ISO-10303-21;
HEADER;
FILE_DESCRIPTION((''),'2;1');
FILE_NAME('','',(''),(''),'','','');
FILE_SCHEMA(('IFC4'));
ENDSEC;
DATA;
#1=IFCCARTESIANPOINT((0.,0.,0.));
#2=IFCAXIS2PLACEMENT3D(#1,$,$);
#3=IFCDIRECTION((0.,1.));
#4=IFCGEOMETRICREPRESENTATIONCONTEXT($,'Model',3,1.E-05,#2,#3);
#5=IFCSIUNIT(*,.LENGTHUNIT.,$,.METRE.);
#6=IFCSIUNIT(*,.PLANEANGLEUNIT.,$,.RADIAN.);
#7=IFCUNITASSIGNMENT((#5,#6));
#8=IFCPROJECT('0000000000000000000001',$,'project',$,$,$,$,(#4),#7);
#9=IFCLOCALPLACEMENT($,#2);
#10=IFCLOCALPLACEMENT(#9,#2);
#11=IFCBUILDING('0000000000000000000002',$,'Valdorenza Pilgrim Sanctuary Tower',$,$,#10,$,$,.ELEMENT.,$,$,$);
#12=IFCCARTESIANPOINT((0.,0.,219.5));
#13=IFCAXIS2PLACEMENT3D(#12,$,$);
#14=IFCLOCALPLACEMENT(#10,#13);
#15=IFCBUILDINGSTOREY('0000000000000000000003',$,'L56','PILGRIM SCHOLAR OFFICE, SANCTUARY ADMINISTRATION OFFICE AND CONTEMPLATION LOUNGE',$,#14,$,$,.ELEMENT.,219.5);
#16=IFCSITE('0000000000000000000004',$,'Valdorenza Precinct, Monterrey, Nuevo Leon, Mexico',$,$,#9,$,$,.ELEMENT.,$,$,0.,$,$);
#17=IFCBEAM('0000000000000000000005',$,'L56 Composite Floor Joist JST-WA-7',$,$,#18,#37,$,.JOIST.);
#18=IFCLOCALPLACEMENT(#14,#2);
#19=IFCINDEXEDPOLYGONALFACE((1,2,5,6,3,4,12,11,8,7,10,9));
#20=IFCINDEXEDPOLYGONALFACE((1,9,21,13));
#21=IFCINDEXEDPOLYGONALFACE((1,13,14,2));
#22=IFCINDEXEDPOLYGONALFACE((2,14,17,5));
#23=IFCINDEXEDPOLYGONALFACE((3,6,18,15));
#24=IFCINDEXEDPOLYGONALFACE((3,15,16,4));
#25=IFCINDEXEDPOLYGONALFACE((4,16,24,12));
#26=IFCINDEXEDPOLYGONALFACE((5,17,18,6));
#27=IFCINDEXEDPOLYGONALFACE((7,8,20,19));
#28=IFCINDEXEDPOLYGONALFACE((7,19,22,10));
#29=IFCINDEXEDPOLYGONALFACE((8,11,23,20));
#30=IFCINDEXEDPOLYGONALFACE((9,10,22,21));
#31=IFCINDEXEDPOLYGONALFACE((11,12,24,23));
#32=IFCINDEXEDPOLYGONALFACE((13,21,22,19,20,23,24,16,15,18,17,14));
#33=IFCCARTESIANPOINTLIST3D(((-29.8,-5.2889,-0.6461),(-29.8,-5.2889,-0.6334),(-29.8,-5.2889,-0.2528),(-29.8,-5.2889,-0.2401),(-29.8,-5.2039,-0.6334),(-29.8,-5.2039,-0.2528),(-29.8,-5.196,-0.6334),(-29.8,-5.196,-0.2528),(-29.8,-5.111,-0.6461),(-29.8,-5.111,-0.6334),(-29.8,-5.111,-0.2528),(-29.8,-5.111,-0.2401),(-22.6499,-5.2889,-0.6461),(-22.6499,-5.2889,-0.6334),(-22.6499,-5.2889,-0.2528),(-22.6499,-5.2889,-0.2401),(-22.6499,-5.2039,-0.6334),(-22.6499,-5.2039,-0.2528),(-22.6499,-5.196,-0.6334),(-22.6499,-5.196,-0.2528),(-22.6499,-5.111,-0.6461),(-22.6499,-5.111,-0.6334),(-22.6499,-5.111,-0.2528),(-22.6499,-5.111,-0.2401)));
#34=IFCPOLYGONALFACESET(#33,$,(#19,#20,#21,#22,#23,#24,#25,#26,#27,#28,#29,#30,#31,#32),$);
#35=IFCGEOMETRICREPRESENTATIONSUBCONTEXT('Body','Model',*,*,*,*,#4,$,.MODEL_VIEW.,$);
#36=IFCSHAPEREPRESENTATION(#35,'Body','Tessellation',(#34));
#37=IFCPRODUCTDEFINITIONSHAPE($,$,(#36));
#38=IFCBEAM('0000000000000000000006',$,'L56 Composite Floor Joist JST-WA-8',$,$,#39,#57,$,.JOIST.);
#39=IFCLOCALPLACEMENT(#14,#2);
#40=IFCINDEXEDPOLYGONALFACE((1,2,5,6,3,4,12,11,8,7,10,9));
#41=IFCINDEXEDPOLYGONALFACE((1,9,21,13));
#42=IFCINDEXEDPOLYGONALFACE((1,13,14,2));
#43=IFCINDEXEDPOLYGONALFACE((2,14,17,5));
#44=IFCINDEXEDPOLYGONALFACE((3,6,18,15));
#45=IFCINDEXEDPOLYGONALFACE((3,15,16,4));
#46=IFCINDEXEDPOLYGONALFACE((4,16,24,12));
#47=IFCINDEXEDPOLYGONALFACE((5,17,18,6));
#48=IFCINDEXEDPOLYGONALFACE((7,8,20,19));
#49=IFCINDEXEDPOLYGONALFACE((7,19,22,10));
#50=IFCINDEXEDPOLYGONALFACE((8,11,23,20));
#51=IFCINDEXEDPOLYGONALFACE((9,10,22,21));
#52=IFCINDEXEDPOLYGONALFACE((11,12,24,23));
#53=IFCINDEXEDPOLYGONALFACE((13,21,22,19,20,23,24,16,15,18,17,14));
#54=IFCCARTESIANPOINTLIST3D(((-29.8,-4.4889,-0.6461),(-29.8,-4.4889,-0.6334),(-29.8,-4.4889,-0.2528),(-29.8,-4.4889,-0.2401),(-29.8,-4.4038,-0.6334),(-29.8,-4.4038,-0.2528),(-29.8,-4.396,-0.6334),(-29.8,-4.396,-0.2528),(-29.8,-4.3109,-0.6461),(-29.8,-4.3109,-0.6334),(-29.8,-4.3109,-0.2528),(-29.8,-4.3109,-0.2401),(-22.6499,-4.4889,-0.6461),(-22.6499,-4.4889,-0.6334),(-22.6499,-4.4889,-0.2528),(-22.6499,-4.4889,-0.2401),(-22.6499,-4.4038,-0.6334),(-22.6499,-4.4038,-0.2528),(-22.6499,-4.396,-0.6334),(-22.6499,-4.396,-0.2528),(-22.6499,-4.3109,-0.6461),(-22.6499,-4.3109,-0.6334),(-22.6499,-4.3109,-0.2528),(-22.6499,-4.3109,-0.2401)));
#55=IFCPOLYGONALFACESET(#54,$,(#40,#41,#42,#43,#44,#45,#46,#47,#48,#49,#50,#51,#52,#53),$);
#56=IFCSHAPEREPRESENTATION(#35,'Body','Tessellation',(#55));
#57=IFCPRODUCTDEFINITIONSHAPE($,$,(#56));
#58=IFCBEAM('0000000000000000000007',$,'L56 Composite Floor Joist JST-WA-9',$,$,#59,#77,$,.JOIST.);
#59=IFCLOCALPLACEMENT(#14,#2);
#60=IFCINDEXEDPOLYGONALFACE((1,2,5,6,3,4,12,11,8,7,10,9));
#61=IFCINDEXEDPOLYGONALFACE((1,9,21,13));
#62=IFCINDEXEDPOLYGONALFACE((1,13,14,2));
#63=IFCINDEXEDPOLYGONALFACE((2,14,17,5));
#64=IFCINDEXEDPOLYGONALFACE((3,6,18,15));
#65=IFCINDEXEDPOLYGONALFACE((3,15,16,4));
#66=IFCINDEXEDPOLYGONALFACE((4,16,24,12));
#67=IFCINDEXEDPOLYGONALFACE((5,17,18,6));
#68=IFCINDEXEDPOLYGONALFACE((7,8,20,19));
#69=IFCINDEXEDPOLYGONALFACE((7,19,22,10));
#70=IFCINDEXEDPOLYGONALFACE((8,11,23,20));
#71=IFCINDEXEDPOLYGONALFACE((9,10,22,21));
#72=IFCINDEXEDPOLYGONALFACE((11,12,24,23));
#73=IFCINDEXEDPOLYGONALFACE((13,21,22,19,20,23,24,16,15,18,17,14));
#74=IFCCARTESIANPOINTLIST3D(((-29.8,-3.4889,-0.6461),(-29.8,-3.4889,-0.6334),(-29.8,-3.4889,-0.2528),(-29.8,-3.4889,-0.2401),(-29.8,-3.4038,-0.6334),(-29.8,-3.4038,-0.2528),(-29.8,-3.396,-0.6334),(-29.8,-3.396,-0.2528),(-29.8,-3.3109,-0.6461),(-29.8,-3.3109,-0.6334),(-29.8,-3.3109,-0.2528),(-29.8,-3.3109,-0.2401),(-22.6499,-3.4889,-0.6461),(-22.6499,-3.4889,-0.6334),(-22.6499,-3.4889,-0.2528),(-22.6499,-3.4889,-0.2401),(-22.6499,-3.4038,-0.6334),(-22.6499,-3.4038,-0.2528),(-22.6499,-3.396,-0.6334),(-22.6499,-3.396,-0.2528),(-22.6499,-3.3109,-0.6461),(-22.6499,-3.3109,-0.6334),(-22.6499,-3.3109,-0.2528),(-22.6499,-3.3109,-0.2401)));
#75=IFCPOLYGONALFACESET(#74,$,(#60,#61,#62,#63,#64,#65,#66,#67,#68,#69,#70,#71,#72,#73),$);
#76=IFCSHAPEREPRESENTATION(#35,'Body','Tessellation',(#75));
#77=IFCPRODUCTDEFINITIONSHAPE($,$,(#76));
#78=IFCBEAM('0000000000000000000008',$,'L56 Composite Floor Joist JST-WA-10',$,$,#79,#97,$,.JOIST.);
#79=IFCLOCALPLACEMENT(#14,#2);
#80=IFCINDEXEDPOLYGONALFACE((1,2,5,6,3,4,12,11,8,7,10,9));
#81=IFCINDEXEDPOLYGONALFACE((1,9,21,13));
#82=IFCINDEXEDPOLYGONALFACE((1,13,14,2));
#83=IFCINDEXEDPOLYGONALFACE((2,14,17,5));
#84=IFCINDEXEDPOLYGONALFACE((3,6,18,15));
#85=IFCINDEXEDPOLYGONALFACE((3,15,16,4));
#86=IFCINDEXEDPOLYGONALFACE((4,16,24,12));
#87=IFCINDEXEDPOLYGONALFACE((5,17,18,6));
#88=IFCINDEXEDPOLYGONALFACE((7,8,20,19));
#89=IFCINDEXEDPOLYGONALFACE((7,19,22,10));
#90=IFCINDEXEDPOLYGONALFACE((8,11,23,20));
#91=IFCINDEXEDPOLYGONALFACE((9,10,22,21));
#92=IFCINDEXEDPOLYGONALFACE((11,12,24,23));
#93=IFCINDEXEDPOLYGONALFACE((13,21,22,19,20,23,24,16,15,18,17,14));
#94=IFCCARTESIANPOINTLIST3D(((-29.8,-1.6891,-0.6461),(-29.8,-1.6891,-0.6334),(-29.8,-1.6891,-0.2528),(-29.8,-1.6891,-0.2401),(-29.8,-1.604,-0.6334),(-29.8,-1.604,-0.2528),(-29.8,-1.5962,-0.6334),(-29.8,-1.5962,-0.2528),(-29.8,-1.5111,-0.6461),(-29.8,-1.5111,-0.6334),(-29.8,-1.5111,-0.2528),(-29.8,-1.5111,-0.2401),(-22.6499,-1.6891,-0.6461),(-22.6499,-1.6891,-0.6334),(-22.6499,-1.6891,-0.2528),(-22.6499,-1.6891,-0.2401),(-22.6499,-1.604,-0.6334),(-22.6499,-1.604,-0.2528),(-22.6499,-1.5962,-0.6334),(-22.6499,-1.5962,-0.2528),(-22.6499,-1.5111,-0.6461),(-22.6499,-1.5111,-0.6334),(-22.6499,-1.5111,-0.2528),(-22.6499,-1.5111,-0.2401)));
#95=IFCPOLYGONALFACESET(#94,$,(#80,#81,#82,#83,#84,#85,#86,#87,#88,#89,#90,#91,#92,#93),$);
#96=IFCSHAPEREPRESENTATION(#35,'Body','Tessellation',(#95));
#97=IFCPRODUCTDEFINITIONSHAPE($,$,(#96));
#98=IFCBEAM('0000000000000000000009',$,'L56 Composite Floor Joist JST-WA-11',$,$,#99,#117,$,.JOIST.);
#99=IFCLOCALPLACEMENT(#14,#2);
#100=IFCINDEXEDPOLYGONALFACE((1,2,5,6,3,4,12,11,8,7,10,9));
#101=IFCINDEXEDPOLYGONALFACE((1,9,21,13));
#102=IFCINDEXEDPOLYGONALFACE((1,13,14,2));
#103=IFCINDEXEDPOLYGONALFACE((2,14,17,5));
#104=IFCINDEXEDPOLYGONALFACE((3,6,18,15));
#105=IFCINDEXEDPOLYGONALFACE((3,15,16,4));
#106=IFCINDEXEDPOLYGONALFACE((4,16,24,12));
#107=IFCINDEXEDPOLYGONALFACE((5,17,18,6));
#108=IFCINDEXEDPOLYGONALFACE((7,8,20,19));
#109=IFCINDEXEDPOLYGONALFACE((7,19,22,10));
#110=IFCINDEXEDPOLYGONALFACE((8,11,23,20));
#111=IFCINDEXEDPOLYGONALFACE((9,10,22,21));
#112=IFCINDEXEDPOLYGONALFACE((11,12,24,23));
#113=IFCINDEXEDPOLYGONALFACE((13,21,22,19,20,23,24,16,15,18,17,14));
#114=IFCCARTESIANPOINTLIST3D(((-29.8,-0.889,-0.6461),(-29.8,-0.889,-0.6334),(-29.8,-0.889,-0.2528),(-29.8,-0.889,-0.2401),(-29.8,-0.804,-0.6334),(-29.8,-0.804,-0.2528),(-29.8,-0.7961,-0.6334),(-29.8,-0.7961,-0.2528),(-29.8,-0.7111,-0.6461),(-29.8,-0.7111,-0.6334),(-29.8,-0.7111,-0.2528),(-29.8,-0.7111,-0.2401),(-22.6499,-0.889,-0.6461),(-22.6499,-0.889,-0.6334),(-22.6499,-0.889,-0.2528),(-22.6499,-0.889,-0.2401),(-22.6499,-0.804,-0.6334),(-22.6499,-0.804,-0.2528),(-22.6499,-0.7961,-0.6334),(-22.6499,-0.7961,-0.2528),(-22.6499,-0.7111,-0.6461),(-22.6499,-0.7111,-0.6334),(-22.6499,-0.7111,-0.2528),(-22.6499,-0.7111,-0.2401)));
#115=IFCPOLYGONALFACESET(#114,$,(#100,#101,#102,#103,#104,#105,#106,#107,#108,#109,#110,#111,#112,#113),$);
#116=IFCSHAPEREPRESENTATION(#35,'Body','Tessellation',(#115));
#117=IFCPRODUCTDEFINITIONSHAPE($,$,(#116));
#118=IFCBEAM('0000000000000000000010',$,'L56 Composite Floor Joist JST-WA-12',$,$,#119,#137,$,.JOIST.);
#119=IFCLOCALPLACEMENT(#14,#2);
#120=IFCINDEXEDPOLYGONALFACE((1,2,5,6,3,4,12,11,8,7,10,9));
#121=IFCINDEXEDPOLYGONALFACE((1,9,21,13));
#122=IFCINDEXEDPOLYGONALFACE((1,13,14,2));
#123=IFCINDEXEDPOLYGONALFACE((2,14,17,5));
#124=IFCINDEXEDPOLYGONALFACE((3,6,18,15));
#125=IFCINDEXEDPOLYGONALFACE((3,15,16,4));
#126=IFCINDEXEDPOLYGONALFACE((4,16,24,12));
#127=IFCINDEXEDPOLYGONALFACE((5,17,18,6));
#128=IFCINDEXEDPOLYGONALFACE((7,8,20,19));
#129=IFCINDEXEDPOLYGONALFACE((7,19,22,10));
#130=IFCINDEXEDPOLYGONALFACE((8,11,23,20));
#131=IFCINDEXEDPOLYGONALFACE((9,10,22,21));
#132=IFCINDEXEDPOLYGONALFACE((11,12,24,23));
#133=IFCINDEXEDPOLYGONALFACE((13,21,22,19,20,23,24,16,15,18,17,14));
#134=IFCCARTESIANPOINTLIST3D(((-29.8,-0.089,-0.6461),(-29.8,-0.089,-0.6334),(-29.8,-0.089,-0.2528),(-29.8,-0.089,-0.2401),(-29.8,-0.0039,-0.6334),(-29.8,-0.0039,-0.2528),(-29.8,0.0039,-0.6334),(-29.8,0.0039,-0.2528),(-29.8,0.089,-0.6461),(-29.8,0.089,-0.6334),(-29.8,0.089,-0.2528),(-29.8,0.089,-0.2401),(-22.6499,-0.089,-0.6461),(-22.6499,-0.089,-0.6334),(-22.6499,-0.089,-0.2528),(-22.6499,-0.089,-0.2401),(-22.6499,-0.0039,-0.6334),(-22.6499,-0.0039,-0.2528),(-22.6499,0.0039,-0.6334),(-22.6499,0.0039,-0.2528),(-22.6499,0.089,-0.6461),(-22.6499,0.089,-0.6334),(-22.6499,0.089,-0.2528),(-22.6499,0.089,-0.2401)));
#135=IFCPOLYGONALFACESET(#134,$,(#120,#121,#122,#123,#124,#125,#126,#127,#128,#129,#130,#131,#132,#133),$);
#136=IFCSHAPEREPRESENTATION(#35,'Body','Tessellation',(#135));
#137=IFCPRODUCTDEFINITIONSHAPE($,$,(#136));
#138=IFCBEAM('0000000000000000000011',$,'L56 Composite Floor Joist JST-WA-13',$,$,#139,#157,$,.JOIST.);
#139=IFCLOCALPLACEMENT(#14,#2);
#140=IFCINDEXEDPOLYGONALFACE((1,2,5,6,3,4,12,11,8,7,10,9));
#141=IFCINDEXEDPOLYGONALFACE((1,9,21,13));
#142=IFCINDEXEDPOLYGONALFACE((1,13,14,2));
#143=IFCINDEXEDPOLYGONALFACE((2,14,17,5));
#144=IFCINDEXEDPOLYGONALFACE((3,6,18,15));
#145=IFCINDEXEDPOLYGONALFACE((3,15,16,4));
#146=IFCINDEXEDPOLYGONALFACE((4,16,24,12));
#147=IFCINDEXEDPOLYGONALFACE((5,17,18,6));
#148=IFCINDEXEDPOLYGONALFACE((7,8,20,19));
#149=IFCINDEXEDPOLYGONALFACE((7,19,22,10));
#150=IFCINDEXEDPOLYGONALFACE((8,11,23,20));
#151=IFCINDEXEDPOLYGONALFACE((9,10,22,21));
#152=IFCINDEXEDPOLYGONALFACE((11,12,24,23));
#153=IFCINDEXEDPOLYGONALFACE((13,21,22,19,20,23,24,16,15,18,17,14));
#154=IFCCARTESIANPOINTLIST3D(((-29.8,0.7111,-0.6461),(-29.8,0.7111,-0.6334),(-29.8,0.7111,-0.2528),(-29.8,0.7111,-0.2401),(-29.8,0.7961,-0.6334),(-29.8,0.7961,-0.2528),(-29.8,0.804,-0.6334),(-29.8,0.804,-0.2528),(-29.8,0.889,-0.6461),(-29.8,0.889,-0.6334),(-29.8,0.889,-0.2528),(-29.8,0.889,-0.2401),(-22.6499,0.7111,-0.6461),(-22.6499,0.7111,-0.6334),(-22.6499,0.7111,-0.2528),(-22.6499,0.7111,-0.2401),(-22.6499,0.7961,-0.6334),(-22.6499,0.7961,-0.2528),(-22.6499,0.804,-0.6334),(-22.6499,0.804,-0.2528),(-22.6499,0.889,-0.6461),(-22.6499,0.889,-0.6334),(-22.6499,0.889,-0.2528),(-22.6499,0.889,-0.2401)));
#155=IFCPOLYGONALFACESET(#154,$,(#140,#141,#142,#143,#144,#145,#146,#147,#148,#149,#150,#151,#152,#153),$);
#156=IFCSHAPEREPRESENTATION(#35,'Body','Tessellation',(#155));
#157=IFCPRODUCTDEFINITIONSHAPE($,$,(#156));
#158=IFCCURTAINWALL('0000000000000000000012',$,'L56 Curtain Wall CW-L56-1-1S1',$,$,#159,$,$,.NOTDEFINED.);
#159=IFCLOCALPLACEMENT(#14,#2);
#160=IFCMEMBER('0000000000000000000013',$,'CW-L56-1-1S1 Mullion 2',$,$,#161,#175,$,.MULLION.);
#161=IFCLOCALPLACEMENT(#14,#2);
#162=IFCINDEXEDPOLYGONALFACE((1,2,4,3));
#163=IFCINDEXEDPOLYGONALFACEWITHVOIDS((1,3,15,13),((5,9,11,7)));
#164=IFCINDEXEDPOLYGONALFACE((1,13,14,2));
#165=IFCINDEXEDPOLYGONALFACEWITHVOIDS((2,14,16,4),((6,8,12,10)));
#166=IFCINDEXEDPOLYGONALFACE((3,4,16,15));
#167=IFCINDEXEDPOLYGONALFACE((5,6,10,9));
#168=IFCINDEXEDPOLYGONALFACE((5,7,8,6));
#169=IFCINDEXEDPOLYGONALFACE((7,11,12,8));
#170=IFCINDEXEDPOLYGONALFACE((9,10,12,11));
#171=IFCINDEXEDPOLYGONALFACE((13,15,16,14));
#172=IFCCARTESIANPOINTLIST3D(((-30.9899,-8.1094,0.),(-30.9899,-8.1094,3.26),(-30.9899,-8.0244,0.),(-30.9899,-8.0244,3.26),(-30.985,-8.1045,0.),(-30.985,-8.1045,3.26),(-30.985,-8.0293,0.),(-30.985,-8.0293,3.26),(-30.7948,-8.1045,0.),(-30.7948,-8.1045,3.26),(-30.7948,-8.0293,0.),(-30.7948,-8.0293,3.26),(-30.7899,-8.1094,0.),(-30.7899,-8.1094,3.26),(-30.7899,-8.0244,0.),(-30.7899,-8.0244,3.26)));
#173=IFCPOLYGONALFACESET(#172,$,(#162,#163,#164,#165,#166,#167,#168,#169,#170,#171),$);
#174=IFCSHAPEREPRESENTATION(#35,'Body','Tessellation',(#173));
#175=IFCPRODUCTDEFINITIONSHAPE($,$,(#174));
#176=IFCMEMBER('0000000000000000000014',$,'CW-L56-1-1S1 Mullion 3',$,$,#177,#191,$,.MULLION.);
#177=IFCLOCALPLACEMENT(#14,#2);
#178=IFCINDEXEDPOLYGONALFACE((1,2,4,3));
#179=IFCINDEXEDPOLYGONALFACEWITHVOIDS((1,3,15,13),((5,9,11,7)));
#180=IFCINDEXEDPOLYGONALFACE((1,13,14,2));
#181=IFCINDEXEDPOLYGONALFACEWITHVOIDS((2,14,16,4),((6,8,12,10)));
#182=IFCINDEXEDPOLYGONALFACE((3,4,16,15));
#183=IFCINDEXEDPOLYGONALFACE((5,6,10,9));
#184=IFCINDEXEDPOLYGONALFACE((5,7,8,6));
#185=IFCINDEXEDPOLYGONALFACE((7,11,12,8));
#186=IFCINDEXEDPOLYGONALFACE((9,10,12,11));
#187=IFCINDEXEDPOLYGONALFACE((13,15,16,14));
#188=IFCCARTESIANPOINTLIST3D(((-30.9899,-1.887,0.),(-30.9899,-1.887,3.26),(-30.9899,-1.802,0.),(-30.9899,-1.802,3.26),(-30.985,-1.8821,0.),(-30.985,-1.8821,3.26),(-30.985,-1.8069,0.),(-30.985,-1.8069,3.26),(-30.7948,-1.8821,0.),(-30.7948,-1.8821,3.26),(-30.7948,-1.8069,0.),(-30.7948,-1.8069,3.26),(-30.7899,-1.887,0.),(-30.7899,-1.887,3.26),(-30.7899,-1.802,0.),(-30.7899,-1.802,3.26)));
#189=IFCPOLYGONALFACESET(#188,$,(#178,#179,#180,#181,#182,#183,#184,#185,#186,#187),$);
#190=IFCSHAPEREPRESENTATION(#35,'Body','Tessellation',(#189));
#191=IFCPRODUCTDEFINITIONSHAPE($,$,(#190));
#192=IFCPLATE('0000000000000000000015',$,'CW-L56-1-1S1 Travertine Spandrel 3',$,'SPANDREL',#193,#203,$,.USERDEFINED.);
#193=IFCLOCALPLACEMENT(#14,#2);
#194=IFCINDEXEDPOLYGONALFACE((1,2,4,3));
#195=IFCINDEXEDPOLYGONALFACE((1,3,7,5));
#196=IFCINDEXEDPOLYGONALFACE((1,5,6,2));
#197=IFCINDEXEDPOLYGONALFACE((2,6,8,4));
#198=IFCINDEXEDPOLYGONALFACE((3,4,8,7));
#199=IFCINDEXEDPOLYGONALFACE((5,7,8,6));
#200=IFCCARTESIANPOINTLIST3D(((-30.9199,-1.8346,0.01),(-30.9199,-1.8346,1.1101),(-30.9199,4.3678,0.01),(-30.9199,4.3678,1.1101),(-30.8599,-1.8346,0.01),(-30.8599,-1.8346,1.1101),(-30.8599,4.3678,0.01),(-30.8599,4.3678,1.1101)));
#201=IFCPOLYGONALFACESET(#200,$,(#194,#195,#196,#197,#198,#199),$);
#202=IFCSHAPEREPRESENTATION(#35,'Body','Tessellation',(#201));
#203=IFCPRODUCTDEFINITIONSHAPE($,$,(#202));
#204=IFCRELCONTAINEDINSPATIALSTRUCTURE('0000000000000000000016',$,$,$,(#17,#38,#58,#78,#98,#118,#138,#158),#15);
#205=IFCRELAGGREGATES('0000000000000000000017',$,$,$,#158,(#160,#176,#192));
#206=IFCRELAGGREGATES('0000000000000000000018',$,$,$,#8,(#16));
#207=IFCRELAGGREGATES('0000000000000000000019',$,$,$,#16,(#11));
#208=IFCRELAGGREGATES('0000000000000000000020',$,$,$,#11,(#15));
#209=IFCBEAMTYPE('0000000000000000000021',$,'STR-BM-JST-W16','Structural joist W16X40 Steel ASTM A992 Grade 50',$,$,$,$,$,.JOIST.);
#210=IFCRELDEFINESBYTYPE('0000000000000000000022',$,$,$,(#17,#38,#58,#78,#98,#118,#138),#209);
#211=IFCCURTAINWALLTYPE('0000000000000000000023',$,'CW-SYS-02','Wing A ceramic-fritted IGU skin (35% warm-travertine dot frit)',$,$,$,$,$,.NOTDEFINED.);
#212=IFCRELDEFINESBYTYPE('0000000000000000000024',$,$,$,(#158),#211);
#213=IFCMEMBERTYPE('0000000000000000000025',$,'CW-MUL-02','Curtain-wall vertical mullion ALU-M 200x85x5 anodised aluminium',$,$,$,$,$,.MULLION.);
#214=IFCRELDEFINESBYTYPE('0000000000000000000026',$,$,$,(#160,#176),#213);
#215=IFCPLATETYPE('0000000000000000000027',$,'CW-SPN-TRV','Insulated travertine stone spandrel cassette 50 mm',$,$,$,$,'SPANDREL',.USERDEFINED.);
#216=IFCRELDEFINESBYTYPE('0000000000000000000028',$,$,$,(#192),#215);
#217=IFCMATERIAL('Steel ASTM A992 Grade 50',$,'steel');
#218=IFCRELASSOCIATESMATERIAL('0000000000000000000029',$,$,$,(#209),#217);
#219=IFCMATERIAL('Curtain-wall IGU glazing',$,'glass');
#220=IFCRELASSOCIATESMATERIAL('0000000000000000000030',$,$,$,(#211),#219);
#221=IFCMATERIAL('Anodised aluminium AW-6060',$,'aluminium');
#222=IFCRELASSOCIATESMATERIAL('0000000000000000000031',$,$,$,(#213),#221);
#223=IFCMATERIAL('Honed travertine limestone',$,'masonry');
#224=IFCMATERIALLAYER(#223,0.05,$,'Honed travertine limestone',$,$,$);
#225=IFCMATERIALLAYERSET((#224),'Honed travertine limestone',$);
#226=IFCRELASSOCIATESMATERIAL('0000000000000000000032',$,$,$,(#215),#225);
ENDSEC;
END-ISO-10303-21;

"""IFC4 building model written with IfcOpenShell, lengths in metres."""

from ifc_helpers import new_model, si_unit, direction, frame, origin, origin_2d, place, context, subcontext, project, spatial, rectangle, hollow_rectangle, i_section, extrude, source, transform, mapped, material, layer, layer_set, material_profile, profile_set, type_object, element, aggregate, save


model = new_model("IFC4")

# Units and contexts
model_context = context("Model", 3, precision=1e-05, world=origin(), true_north=direction((0.0, 1.0)))
body_context = subcontext(model_context, "Body", "Model", "MODEL_VIEW")
ifc_project = project(units=[si_unit("LENGTHUNIT", "METRE"), si_unit("PLANEANGLEUNIT", "RADIAN")], contexts=[model_context])

# Site, building, storey
site_placement = place(None, origin())
site = spatial("IfcSite", under=ifc_project, at=site_placement, Name="Valdorenza Precinct, Monterrey, Nuevo Leon, Mexico", CompositionType="ELEMENT", RefElevation=0.0)
building_placement = place(site_placement, origin())
building = spatial("IfcBuilding", under=site, at=building_placement, Name="Valdorenza Pilgrim Sanctuary Tower", CompositionType="ELEMENT")
storey_placement = place(building_placement, frame((0.0, 0.0, 219.5)))
storey = spatial("IfcBuildingStorey", under=building, at=storey_placement, Name="L56", Description="PILGRIM SCHOLAR OFFICE, SANCTUARY ADMINISTRATION OFFICE AND CONTEMPLATION LOUNGE", CompositionType="ELEMENT", Elevation=219.5)

# Beams
ifc_material_1 = material(Name="Steel ASTM A992 Grade 50", Category="steel")
ifc_material_profile_1 = material_profile(ifc_material_1, i_section(OverallWidth=0.178, OverallDepth=0.406, WebThickness=0.0078, FlangeThickness=0.0127, at=origin_2d()), Name="W16X40")
ifc_profile_set_1 = profile_set([ifc_material_profile_1], Name="Steel ASTM A992 Grade 50")
beam_type_1 = type_object("IfcBeamType", Name="STR-BM-JST-W16", Description="Structural joist W16X40 Steel ASTM A992 Grade 50", PredefinedType="JOIST", material=ifc_profile_set_1)
shared_shape_1 = source(origin(), body_context, "Body", "SweptSolid", [
    extrude(i_section(OverallWidth=0.178, OverallDepth=0.406, WebThickness=0.0078, FlangeThickness=0.0127, at=origin_2d()), origin(), (0.0, 0.0, 1.0), 7.1501),
])
for number, where, z_axis, x_axis, name in (
    (1, (-29.8, -5.2, -0.4431), (1.0, 0.0, 0.0), (0.0, 1.0, 0.0), "L56 Composite Floor Joist JST-WA-7"),
    (2, (-29.8, -4.3999, -0.4431), (1.0, 0.0, 0.0), (0.0, 1.0, 0.0), "L56 Composite Floor Joist JST-WA-8"),
    (3, (-29.8, -3.3999, -0.4431), (1.0, 0.0, 0.0), (0.0, 1.0, 0.0), "L56 Composite Floor Joist JST-WA-9"),
    (4, (-29.8, -1.6001, -0.4431), (1.0, 0.0, 0.0), (0.0, 1.0, 0.0), "L56 Composite Floor Joist JST-WA-10"),
    (5, (-29.8, -0.8, -0.4431), (1.0, 0.0, 0.0), (0.0, 1.0, 0.0), "L56 Composite Floor Joist JST-WA-11"),
    (6, (-29.8, 0.0, -0.4431), (1.0, 0.0, 0.0), (0.0, 1.0, 0.0), "L56 Composite Floor Joist JST-WA-12"),
    (7, (-29.8, 0.8, -0.4431), (1.0, 0.0, 0.0), (0.0, 1.0, 0.0), "L56 Composite Floor Joist JST-WA-13"),
):
    element("IfcBeam", number, at=place(storey_placement, frame(where, z_axis=z_axis, x_axis=x_axis)), inside=storey, type_object=beam_type_1, Name=name, PredefinedType="JOIST", context=body_context, shape_type="MappedRepresentation", body=[
        mapped(shared_shape_1, transform((0.0, 0.0, 0.0), x_axis=(1.0, 0.0, 0.0), y_axis=(0.0, 1.0, 0.0), z_axis=(0.0, 0.0, 1.0), scale=1.0)),
    ])

# Curtain wall, members, plate
ifc_material_2 = material(Name="Curtain-wall IGU glazing", Category="glass")
curtain_wall_type = type_object("IfcCurtainWallType", Name="CW-SYS-02", Description="Wing A ceramic-fritted IGU skin (35% warm-travertine dot frit)", PredefinedType="NOTDEFINED", material=ifc_material_2)
curtain_wall_placement = place(storey_placement, origin())
curtain_wall = element("IfcCurtainWall", 8, at=curtain_wall_placement, inside=storey, type_object=curtain_wall_type, Name="L56 Curtain Wall CW-L56-1-1S1", PredefinedType="NOTDEFINED")
ifc_material_3 = material(Name="Anodised aluminium AW-6060", Category="aluminium")
ifc_material_profile_2 = material_profile(ifc_material_3, hollow_rectangle(XDim=0.085, YDim=0.2, WallThickness=0.0049, at=origin_2d()), Name="ALU-M 200x85x5")
ifc_profile_set_2 = profile_set([ifc_material_profile_2], Name="Anodised aluminium AW-6060")
member_type = type_object("IfcMemberType", Name="CW-MUL-02", Description="Curtain-wall vertical mullion ALU-M 200x85x5 anodised aluminium", PredefinedType="MULLION", material=ifc_profile_set_2)
shared_shape_2 = source(origin(), body_context, "Body", "SweptSolid", [
    extrude(hollow_rectangle(XDim=0.085, YDim=0.2, WallThickness=0.0049, at=origin_2d()), origin(), (0.0, 0.0, 1.0), 3.26),
])
member_1_placement = place(storey_placement, frame((-30.8899, -8.0669, 0.0), z_axis=(0.0, 0.0, 1.0), x_axis=(0.0, 1.0, 0.0)))
member_1 = element("IfcMember", 9, at=member_1_placement, type_object=member_type, Name="CW-L56-1-1S1 Mullion 2", PredefinedType="MULLION", context=body_context, shape_type="MappedRepresentation", body=[
    mapped(shared_shape_2, transform((0.0, 0.0, 0.0), x_axis=(1.0, 0.0, 0.0), y_axis=(0.0, 1.0, 0.0), z_axis=(0.0, 0.0, 1.0), scale=1.0)),
])
member_2_placement = place(storey_placement, frame((-30.8899, -1.8445, 0.0), z_axis=(0.0, 0.0, 1.0), x_axis=(0.0, 1.0, 0.0)))
member_2 = element("IfcMember", 10, at=member_2_placement, type_object=member_type, Name="CW-L56-1-1S1 Mullion 3", PredefinedType="MULLION", context=body_context, shape_type="MappedRepresentation", body=[
    mapped(shared_shape_2, transform((0.0, 0.0, 0.0), x_axis=(1.0, 0.0, 0.0), y_axis=(0.0, 1.0, 0.0), z_axis=(0.0, 0.0, 1.0), scale=1.0)),
])
ifc_material_4 = material(Name="Honed travertine limestone", Category="masonry")
ifc_layer_1 = layer(ifc_material_4, 0.05, Name="Honed travertine limestone")
ifc_layer_set_1 = layer_set([ifc_layer_1], Name="Honed travertine limestone")
plate_type_1 = type_object("IfcPlateType", Name="CW-SPN-TRV", Description="Insulated travertine stone spandrel cassette 50 mm", ElementType="SPANDREL", PredefinedType="USERDEFINED", material=ifc_layer_set_1)
shared_shape_3 = source(origin(), body_context, "Body", "SweptSolid", [
    extrude(rectangle(XDim=6.2024, YDim=0.0601, at=origin_2d()), origin(), (0.0, 0.0, 1.0), 1.1001),
])
plate_1_placement = place(storey_placement, frame((-30.8899, 1.2666, 0.01), z_axis=(0.0, 0.0, 1.0), x_axis=(0.0, 1.0, 0.0)))
plate_1 = element("IfcPlate", 11, at=plate_1_placement, type_object=plate_type_1, Name="CW-L56-1-1S1 Travertine Spandrel 3", ObjectType="SPANDREL", PredefinedType="USERDEFINED", context=body_context, shape_type="MappedRepresentation", body=[
    mapped(shared_shape_3, transform((0.0, 0.0, 0.0), x_axis=(1.0, 0.0, 0.0), y_axis=(0.0, 1.0, 0.0), z_axis=(0.0, 0.0, 1.0), scale=1.0)),
])
aggregate(curtain_wall, [member_1, member_2, plate_1])

save(model, "model.ifc")
